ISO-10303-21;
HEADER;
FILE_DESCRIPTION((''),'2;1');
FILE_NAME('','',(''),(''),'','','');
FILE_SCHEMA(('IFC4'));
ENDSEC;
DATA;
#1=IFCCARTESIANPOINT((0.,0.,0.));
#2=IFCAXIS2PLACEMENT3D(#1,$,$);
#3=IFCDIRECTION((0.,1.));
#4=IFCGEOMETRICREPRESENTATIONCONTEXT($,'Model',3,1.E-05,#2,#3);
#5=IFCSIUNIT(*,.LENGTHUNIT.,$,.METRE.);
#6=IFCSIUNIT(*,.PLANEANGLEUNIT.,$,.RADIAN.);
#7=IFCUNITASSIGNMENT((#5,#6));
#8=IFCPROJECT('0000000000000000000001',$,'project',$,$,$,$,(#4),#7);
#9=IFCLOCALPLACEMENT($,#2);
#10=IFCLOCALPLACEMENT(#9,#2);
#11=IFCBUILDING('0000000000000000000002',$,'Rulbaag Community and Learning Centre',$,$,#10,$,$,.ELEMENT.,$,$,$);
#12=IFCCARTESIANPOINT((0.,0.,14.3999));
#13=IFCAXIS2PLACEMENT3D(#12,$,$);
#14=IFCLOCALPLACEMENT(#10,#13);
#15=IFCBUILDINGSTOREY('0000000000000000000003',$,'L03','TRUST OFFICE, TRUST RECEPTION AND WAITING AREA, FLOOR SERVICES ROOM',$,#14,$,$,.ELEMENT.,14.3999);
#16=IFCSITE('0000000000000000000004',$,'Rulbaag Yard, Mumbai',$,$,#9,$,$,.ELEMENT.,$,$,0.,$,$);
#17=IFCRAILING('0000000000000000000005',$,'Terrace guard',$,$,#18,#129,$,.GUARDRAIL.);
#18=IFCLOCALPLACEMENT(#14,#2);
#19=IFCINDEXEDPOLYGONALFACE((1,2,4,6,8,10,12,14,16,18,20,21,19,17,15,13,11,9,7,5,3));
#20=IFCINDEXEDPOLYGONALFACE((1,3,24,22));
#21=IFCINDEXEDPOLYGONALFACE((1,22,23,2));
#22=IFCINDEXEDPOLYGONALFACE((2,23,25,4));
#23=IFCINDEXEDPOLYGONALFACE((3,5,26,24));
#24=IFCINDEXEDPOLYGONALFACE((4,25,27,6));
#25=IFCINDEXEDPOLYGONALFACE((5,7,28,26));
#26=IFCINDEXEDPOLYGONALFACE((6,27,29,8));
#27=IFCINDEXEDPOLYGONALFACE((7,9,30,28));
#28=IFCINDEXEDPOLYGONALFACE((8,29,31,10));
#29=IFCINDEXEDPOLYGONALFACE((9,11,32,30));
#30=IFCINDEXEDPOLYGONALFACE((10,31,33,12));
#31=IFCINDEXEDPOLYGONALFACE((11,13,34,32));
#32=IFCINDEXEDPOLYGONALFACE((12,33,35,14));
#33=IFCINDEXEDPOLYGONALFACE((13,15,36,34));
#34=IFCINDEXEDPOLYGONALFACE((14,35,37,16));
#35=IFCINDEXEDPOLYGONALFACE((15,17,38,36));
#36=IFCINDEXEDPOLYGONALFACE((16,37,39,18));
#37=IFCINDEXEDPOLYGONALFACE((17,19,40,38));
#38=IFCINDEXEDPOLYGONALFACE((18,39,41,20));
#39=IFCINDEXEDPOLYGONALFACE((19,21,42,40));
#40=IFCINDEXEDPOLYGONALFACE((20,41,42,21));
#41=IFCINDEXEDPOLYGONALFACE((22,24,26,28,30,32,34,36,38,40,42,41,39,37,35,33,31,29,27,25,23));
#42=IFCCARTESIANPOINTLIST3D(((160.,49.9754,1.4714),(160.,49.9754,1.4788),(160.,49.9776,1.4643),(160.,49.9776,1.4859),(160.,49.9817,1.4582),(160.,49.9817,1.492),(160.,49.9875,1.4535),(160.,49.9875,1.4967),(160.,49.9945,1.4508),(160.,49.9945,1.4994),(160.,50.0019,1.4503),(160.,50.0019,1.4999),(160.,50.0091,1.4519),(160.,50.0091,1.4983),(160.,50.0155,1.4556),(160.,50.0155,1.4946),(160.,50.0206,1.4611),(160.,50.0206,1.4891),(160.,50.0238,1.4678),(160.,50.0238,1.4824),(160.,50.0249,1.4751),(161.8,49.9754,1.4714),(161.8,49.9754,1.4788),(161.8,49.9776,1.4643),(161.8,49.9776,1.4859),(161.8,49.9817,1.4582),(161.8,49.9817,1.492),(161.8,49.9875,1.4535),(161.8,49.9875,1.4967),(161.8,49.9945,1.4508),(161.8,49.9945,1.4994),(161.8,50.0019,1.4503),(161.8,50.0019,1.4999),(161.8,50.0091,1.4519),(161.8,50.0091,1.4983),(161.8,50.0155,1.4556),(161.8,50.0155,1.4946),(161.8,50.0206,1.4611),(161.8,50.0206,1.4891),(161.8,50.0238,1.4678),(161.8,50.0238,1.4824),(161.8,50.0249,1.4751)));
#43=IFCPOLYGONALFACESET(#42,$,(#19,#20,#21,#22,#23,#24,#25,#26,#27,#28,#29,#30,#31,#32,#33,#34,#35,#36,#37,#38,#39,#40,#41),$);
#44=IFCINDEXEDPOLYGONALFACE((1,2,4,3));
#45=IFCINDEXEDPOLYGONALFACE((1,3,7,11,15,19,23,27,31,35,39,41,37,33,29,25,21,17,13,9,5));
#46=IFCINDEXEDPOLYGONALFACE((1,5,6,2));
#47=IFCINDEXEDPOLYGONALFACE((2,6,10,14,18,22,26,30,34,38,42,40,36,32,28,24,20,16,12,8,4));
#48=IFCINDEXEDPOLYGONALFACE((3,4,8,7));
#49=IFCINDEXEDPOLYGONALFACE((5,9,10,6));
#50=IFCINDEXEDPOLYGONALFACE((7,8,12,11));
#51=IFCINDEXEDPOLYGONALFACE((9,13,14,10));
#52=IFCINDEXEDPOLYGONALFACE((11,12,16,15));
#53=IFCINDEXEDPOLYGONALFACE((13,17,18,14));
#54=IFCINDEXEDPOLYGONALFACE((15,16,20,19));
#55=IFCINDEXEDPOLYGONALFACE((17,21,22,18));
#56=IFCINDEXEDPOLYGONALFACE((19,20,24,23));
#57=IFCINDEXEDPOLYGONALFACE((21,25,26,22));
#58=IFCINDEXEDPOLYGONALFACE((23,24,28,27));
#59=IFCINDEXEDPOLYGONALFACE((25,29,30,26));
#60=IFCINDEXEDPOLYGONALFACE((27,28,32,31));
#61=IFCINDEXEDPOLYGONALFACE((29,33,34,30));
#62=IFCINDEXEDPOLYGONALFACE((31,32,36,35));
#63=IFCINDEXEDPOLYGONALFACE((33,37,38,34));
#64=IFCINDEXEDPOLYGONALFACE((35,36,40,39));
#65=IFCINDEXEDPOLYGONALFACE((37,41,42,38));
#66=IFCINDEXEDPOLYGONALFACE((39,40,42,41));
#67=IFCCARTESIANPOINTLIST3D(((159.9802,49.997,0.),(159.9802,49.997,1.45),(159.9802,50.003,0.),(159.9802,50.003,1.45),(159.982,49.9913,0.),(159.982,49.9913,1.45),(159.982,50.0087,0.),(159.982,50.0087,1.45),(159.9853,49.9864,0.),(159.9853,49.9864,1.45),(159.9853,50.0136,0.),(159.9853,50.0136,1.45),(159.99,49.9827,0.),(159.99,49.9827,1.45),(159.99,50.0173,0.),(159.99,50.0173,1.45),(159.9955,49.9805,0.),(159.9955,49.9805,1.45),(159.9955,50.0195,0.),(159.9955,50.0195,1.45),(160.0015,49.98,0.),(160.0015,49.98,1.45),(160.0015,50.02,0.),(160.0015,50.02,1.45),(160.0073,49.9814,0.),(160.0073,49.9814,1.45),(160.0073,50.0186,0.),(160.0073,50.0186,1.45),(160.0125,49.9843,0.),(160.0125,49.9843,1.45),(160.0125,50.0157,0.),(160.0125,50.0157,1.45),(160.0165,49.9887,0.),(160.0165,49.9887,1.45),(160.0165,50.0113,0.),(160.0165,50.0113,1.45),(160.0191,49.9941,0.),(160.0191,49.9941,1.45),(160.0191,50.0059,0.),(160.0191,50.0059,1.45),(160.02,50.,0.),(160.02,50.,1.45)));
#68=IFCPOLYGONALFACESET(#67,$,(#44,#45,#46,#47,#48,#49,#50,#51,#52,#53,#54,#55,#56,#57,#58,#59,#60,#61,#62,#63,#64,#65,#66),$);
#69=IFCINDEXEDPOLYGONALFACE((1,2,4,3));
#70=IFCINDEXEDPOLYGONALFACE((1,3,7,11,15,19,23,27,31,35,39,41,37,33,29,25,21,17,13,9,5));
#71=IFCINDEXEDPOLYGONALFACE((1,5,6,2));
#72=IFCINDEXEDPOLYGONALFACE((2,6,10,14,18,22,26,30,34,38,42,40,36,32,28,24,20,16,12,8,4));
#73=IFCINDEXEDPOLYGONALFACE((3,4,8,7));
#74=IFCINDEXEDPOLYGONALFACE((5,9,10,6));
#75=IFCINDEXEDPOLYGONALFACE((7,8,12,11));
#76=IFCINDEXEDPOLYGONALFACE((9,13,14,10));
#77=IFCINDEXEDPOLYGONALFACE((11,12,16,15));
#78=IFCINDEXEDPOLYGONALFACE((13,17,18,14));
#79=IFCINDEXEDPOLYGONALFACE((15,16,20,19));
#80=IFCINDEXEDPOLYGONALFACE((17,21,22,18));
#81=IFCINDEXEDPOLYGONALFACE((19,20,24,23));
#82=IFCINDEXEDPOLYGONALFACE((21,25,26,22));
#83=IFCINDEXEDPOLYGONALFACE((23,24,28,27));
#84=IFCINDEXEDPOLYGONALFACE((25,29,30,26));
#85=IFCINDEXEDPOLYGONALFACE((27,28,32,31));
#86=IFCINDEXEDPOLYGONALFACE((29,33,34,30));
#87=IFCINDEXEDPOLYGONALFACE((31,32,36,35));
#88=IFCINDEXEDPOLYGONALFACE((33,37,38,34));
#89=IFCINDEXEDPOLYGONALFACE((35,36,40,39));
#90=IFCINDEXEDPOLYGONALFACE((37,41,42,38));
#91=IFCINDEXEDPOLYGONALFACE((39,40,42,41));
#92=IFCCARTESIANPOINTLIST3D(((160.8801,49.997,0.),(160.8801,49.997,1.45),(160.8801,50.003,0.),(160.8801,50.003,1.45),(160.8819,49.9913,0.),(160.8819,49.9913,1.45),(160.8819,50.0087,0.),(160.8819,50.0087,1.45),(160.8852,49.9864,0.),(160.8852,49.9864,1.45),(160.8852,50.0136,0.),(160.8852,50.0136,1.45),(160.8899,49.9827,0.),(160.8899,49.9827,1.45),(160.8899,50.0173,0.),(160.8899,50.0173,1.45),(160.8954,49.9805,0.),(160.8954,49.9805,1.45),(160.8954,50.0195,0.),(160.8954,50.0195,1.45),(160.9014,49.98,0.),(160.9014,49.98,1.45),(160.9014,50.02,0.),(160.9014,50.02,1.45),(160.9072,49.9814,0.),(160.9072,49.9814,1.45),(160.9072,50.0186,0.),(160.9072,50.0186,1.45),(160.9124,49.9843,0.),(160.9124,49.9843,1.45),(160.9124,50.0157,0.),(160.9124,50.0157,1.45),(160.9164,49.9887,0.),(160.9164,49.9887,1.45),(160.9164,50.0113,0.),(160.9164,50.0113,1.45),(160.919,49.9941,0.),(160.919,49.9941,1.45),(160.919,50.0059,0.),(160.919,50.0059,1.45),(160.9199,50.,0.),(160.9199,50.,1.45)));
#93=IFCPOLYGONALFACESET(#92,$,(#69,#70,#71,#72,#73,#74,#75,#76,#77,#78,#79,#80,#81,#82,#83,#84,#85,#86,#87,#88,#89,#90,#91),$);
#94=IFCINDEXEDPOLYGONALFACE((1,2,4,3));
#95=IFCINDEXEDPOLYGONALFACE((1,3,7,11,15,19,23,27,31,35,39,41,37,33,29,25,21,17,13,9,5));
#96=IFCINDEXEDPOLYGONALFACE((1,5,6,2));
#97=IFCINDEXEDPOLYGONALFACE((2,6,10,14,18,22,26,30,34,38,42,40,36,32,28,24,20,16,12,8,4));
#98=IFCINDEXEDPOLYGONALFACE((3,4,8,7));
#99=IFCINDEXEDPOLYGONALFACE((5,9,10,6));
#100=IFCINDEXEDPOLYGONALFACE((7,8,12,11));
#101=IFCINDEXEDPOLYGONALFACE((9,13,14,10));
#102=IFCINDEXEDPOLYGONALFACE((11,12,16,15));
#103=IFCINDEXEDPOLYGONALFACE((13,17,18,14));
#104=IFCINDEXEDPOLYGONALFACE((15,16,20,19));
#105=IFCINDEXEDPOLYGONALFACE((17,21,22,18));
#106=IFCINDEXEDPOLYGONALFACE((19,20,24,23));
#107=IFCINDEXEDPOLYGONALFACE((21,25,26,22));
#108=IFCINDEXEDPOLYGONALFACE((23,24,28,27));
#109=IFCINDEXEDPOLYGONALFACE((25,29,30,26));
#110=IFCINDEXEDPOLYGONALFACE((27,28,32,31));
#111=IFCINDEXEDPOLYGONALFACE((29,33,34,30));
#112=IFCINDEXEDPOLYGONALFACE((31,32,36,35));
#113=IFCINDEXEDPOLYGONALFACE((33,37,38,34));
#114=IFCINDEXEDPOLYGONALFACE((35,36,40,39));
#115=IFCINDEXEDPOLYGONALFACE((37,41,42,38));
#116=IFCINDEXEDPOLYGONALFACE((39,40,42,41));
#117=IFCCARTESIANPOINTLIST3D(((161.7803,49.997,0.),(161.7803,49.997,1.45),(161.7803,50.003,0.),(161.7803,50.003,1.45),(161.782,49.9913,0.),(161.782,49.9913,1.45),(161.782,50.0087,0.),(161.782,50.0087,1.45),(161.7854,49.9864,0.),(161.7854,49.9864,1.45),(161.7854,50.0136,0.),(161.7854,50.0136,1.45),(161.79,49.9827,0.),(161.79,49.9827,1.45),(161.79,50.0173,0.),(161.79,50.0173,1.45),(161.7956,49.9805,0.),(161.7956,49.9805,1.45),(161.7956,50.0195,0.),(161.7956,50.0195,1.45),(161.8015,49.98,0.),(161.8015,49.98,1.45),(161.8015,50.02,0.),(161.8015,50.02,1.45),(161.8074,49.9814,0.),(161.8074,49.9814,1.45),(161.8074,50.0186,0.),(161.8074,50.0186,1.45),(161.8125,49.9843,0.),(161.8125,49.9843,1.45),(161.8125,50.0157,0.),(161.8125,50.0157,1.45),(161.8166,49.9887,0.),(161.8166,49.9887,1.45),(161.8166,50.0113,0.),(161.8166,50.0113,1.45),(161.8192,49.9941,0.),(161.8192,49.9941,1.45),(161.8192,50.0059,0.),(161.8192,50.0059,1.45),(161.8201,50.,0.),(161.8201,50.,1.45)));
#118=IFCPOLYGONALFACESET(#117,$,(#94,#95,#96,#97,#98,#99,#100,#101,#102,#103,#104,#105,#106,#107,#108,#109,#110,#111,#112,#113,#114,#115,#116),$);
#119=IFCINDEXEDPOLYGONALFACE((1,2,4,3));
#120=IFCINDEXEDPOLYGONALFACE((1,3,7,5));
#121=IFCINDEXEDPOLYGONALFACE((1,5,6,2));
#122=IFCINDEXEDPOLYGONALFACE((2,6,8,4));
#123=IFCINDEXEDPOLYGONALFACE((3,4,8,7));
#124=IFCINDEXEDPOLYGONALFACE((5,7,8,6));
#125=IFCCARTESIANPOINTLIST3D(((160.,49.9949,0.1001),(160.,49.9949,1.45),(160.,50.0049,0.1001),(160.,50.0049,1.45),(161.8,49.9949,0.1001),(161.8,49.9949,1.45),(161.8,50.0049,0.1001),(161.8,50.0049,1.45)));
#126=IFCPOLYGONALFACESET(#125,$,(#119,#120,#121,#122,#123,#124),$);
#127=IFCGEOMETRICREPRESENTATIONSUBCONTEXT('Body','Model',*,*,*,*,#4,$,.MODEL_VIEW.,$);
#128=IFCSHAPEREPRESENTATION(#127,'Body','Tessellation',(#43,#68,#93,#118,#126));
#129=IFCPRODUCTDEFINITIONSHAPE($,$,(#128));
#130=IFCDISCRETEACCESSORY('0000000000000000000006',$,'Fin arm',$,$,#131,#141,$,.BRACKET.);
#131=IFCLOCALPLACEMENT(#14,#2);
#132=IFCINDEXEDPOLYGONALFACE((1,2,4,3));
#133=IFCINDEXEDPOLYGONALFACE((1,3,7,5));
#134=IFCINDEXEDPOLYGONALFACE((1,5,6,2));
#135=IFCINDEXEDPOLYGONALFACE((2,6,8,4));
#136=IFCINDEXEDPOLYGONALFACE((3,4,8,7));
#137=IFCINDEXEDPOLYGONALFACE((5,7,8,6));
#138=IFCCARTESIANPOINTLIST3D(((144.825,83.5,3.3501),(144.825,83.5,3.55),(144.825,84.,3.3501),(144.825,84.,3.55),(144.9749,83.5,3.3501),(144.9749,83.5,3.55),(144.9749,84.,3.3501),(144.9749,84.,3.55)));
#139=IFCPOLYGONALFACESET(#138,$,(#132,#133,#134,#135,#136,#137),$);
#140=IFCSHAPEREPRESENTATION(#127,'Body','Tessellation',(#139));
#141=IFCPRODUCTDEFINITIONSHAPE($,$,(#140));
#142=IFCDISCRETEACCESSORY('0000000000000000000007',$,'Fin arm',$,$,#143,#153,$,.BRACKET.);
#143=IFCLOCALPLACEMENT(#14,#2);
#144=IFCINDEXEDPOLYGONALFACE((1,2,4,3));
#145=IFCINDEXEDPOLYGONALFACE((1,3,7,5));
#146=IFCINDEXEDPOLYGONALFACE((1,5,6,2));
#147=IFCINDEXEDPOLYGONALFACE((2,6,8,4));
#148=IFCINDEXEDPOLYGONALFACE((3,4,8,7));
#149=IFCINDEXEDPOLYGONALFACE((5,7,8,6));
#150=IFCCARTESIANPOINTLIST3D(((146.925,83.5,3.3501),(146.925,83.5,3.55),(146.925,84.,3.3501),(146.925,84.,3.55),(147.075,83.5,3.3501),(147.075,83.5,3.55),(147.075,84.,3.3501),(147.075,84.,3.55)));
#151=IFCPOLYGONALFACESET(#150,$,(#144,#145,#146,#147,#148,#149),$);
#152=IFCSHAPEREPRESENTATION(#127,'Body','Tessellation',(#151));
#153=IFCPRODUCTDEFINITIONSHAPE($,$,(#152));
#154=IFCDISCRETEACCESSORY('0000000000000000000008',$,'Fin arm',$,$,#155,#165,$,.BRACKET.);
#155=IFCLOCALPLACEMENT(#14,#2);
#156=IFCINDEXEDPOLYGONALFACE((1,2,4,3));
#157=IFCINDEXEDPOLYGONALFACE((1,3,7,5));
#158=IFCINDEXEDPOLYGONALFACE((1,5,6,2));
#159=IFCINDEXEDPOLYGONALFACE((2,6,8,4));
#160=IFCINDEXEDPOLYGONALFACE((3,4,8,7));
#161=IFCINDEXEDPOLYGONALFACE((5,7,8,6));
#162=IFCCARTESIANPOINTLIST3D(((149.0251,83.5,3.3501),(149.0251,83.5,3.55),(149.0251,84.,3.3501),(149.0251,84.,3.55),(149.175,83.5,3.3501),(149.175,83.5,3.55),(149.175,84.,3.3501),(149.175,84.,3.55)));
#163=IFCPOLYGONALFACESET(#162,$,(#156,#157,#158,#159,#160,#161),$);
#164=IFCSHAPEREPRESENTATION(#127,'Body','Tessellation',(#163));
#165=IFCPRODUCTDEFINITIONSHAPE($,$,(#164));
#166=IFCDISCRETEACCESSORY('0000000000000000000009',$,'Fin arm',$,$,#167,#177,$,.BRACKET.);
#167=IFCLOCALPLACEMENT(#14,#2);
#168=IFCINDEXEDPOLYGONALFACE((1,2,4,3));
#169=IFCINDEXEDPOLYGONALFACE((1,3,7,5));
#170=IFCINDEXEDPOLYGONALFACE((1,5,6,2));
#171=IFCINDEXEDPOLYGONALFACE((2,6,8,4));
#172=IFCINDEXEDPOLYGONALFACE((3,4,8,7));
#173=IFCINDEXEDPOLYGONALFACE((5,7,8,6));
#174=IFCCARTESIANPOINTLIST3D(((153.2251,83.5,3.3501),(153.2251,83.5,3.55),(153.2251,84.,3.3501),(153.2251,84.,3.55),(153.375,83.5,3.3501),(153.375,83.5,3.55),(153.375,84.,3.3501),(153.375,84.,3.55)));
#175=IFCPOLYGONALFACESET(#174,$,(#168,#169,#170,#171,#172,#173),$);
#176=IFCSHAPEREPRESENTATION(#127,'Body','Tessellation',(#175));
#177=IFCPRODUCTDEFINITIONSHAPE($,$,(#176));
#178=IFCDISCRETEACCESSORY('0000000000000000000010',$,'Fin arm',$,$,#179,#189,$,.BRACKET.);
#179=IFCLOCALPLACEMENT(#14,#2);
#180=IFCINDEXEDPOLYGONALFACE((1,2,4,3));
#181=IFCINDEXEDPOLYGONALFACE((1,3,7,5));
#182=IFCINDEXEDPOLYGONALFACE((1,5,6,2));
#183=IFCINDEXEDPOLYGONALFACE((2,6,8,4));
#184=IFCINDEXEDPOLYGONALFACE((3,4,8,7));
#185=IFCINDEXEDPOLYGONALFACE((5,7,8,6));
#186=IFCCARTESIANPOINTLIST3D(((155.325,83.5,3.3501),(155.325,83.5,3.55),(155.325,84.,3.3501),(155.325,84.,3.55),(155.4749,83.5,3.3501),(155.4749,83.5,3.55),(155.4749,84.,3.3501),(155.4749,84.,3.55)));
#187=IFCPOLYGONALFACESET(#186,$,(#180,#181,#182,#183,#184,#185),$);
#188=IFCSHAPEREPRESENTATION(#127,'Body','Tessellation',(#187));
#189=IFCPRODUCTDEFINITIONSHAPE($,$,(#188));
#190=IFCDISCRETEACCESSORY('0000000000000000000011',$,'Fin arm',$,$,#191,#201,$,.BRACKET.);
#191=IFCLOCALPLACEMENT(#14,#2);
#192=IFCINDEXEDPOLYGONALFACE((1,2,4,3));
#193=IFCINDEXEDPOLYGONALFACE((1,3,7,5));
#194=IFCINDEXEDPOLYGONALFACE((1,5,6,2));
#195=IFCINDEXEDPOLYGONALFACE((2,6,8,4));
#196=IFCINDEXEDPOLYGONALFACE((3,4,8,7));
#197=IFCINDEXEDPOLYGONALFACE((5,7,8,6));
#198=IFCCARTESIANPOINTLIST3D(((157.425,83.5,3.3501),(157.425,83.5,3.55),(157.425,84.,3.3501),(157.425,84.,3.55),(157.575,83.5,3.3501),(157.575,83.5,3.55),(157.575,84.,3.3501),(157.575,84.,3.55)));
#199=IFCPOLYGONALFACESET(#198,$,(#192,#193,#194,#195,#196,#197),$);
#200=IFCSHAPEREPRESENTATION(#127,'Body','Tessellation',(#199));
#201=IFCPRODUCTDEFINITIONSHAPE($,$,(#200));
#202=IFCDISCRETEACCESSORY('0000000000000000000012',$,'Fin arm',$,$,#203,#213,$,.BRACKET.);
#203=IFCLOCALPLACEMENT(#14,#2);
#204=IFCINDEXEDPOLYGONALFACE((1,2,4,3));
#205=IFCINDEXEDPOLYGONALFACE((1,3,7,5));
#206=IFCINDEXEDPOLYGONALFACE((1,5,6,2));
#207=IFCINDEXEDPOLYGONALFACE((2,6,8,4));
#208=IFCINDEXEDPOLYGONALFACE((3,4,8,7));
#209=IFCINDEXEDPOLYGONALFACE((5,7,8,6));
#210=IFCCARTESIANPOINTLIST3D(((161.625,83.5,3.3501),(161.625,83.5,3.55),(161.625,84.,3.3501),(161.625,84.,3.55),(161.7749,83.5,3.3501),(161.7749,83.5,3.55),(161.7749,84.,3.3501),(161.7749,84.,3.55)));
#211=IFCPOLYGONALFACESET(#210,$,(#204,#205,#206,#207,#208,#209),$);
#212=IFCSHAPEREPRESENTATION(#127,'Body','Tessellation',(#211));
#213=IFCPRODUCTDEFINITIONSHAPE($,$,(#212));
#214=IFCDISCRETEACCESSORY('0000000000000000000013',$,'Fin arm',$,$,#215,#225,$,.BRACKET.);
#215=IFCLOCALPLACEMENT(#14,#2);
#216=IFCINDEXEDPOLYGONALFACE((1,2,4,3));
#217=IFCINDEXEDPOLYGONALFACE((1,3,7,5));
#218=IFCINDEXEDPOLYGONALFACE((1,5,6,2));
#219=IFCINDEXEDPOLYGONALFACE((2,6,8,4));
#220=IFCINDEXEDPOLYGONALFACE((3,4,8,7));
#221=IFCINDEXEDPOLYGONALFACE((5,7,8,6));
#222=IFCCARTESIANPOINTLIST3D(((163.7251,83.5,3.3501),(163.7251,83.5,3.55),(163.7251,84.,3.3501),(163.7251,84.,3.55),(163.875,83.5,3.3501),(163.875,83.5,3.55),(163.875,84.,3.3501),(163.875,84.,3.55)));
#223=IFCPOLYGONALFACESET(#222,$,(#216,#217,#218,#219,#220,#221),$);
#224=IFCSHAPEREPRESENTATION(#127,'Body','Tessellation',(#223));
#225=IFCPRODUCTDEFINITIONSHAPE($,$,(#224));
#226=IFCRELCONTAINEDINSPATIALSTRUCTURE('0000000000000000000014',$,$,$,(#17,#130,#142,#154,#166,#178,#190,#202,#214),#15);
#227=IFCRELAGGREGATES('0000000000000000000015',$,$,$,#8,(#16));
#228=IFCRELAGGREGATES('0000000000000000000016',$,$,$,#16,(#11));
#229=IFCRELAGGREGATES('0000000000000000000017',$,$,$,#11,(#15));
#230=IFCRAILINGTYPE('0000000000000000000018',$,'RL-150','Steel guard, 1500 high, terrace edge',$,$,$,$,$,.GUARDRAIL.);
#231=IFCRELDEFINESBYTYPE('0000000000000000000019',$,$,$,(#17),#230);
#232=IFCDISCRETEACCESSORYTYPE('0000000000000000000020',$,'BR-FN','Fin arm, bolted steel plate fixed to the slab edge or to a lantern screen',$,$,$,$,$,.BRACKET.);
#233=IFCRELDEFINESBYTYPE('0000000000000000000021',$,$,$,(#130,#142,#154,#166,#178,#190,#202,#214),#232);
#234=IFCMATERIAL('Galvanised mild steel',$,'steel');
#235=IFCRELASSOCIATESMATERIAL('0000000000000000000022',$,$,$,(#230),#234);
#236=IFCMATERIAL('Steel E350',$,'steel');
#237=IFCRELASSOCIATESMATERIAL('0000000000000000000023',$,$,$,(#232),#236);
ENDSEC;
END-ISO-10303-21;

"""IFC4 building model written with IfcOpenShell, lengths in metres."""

from ifc_helpers import new_model, si_unit, direction, frame, origin, origin_2d, place, context, subcontext, project, spatial, polyline, rectangle, circle, outline, extrude, material, type_object, element, save


model = new_model("IFC4")

# Units and contexts
model_context = context("Model", 3, precision=1e-05, world=origin(), true_north=direction((0.0, 1.0)))
body_context = subcontext(model_context, "Body", "Model", "MODEL_VIEW")
ifc_project = project(units=[si_unit("LENGTHUNIT", "METRE"), si_unit("PLANEANGLEUNIT", "RADIAN")], contexts=[model_context])

# Site, building, storey
site_placement = place(None, origin())
site = spatial("IfcSite", under=ifc_project, at=site_placement, Name="Rulbaag Yard, Mumbai", CompositionType="ELEMENT", RefElevation=0.0)
building_placement = place(site_placement, origin())
building = spatial("IfcBuilding", under=site, at=building_placement, Name="Rulbaag Community and Learning Centre", CompositionType="ELEMENT")
storey_placement = place(building_placement, frame((0.0, 0.0, 14.3999)))
storey = spatial("IfcBuildingStorey", under=building, at=storey_placement, Name="L03", Description="TRUST OFFICE, TRUST RECEPTION AND WAITING AREA, FLOOR SERVICES ROOM", CompositionType="ELEMENT", Elevation=14.3999)

# Railing
ifc_material_1 = material(Name="Galvanised mild steel", Category="steel")
railing_type = type_object("IfcRailingType", Name="RL-150", Description="Steel guard, 1500 high, terrace edge", PredefinedType="GUARDRAIL", material=ifc_material_1)
railing_placement = place(storey_placement, frame((160.0, 50.0, 0.0)))
element("IfcRailing", 1, at=railing_placement, inside=storey, type_object=railing_type, Name="Terrace guard", PredefinedType="GUARDRAIL", context=body_context, shape_type="SweptSolid", body=[
    extrude(circle(Radius=0.0249, at=origin_2d()), frame((0.0, 0.0, 1.4751), z_axis=(1.0, 0.0, 0.0), x_axis=(0.0, 1.0, 0.0)), (0.0, 0.0, 1.0), 1.8),
    extrude(circle(Radius=0.02, at=origin_2d()), origin(), (0.0, 0.0, 1.0), 1.45),
    extrude(circle(Radius=0.02, at=origin_2d()), frame((0.8999, 0.0, 0.0)), (0.0, 0.0, 1.0), 1.45),
    extrude(circle(Radius=0.02, at=origin_2d()), frame((1.8, 0.0, 0.0)), (0.0, 0.0, 1.0), 1.45),
    extrude(outline(polyline([(0.0, 0.0), (1.8, 0.0), (1.8, 1.3499), (0.0, 1.3499), (0.0, 0.0)])), frame((0.0, 0.0049, 0.1001), z_axis=(0.0, -1.0, 0.0), x_axis=(1.0, 0.0, 0.0)), (0.0, 0.0, 1.0), 0.01),
])

# Discrete accessories
ifc_material_2 = material(Name="Steel E350", Category="steel")
discrete_accessory_type = type_object("IfcDiscreteAccessoryType", Name="BR-FN", Description="Fin arm, bolted steel plate fixed to the slab edge or to a lantern screen", PredefinedType="BRACKET", material=ifc_material_2)
for number, where, z_axis, x_axis, name in (
    (2, (144.8999, 83.75, 3.3501), (0.0, 0.0, 1.0), (1.0, 0.0, 0.0), "Fin arm"),
    (3, (147.0, 83.75, 3.3501), (0.0, 0.0, 1.0), (1.0, 0.0, 0.0), "Fin arm"),
    (4, (149.1001, 83.75, 3.3501), (0.0, 0.0, 1.0), (1.0, 0.0, 0.0), "Fin arm"),
    (5, (153.3, 83.75, 3.3501), (0.0, 0.0, 1.0), (1.0, 0.0, 0.0), "Fin arm"),
    (6, (155.3999, 83.75, 3.3501), (0.0, 0.0, 1.0), (1.0, 0.0, 0.0), "Fin arm"),
    (7, (157.5, 83.75, 3.3501), (0.0, 0.0, 1.0), (1.0, 0.0, 0.0), "Fin arm"),
    (8, (161.7, 83.75, 3.3501), (0.0, 0.0, 1.0), (1.0, 0.0, 0.0), "Fin arm"),
    (9, (163.8, 83.75, 3.3501), (0.0, 0.0, 1.0), (1.0, 0.0, 0.0), "Fin arm"),
):
    element("IfcDiscreteAccessory", number, at=place(storey_placement, frame(where, z_axis=z_axis, x_axis=x_axis)), inside=storey, type_object=discrete_accessory_type, Name=name, PredefinedType="BRACKET", context=body_context, shape_type="SweptSolid", body=[
        extrude(rectangle(XDim=0.1499, YDim=0.5, at=origin_2d()), origin(), (0.0, 0.0, 1.0), 0.2),
    ])

save(model, "model.ifc")
